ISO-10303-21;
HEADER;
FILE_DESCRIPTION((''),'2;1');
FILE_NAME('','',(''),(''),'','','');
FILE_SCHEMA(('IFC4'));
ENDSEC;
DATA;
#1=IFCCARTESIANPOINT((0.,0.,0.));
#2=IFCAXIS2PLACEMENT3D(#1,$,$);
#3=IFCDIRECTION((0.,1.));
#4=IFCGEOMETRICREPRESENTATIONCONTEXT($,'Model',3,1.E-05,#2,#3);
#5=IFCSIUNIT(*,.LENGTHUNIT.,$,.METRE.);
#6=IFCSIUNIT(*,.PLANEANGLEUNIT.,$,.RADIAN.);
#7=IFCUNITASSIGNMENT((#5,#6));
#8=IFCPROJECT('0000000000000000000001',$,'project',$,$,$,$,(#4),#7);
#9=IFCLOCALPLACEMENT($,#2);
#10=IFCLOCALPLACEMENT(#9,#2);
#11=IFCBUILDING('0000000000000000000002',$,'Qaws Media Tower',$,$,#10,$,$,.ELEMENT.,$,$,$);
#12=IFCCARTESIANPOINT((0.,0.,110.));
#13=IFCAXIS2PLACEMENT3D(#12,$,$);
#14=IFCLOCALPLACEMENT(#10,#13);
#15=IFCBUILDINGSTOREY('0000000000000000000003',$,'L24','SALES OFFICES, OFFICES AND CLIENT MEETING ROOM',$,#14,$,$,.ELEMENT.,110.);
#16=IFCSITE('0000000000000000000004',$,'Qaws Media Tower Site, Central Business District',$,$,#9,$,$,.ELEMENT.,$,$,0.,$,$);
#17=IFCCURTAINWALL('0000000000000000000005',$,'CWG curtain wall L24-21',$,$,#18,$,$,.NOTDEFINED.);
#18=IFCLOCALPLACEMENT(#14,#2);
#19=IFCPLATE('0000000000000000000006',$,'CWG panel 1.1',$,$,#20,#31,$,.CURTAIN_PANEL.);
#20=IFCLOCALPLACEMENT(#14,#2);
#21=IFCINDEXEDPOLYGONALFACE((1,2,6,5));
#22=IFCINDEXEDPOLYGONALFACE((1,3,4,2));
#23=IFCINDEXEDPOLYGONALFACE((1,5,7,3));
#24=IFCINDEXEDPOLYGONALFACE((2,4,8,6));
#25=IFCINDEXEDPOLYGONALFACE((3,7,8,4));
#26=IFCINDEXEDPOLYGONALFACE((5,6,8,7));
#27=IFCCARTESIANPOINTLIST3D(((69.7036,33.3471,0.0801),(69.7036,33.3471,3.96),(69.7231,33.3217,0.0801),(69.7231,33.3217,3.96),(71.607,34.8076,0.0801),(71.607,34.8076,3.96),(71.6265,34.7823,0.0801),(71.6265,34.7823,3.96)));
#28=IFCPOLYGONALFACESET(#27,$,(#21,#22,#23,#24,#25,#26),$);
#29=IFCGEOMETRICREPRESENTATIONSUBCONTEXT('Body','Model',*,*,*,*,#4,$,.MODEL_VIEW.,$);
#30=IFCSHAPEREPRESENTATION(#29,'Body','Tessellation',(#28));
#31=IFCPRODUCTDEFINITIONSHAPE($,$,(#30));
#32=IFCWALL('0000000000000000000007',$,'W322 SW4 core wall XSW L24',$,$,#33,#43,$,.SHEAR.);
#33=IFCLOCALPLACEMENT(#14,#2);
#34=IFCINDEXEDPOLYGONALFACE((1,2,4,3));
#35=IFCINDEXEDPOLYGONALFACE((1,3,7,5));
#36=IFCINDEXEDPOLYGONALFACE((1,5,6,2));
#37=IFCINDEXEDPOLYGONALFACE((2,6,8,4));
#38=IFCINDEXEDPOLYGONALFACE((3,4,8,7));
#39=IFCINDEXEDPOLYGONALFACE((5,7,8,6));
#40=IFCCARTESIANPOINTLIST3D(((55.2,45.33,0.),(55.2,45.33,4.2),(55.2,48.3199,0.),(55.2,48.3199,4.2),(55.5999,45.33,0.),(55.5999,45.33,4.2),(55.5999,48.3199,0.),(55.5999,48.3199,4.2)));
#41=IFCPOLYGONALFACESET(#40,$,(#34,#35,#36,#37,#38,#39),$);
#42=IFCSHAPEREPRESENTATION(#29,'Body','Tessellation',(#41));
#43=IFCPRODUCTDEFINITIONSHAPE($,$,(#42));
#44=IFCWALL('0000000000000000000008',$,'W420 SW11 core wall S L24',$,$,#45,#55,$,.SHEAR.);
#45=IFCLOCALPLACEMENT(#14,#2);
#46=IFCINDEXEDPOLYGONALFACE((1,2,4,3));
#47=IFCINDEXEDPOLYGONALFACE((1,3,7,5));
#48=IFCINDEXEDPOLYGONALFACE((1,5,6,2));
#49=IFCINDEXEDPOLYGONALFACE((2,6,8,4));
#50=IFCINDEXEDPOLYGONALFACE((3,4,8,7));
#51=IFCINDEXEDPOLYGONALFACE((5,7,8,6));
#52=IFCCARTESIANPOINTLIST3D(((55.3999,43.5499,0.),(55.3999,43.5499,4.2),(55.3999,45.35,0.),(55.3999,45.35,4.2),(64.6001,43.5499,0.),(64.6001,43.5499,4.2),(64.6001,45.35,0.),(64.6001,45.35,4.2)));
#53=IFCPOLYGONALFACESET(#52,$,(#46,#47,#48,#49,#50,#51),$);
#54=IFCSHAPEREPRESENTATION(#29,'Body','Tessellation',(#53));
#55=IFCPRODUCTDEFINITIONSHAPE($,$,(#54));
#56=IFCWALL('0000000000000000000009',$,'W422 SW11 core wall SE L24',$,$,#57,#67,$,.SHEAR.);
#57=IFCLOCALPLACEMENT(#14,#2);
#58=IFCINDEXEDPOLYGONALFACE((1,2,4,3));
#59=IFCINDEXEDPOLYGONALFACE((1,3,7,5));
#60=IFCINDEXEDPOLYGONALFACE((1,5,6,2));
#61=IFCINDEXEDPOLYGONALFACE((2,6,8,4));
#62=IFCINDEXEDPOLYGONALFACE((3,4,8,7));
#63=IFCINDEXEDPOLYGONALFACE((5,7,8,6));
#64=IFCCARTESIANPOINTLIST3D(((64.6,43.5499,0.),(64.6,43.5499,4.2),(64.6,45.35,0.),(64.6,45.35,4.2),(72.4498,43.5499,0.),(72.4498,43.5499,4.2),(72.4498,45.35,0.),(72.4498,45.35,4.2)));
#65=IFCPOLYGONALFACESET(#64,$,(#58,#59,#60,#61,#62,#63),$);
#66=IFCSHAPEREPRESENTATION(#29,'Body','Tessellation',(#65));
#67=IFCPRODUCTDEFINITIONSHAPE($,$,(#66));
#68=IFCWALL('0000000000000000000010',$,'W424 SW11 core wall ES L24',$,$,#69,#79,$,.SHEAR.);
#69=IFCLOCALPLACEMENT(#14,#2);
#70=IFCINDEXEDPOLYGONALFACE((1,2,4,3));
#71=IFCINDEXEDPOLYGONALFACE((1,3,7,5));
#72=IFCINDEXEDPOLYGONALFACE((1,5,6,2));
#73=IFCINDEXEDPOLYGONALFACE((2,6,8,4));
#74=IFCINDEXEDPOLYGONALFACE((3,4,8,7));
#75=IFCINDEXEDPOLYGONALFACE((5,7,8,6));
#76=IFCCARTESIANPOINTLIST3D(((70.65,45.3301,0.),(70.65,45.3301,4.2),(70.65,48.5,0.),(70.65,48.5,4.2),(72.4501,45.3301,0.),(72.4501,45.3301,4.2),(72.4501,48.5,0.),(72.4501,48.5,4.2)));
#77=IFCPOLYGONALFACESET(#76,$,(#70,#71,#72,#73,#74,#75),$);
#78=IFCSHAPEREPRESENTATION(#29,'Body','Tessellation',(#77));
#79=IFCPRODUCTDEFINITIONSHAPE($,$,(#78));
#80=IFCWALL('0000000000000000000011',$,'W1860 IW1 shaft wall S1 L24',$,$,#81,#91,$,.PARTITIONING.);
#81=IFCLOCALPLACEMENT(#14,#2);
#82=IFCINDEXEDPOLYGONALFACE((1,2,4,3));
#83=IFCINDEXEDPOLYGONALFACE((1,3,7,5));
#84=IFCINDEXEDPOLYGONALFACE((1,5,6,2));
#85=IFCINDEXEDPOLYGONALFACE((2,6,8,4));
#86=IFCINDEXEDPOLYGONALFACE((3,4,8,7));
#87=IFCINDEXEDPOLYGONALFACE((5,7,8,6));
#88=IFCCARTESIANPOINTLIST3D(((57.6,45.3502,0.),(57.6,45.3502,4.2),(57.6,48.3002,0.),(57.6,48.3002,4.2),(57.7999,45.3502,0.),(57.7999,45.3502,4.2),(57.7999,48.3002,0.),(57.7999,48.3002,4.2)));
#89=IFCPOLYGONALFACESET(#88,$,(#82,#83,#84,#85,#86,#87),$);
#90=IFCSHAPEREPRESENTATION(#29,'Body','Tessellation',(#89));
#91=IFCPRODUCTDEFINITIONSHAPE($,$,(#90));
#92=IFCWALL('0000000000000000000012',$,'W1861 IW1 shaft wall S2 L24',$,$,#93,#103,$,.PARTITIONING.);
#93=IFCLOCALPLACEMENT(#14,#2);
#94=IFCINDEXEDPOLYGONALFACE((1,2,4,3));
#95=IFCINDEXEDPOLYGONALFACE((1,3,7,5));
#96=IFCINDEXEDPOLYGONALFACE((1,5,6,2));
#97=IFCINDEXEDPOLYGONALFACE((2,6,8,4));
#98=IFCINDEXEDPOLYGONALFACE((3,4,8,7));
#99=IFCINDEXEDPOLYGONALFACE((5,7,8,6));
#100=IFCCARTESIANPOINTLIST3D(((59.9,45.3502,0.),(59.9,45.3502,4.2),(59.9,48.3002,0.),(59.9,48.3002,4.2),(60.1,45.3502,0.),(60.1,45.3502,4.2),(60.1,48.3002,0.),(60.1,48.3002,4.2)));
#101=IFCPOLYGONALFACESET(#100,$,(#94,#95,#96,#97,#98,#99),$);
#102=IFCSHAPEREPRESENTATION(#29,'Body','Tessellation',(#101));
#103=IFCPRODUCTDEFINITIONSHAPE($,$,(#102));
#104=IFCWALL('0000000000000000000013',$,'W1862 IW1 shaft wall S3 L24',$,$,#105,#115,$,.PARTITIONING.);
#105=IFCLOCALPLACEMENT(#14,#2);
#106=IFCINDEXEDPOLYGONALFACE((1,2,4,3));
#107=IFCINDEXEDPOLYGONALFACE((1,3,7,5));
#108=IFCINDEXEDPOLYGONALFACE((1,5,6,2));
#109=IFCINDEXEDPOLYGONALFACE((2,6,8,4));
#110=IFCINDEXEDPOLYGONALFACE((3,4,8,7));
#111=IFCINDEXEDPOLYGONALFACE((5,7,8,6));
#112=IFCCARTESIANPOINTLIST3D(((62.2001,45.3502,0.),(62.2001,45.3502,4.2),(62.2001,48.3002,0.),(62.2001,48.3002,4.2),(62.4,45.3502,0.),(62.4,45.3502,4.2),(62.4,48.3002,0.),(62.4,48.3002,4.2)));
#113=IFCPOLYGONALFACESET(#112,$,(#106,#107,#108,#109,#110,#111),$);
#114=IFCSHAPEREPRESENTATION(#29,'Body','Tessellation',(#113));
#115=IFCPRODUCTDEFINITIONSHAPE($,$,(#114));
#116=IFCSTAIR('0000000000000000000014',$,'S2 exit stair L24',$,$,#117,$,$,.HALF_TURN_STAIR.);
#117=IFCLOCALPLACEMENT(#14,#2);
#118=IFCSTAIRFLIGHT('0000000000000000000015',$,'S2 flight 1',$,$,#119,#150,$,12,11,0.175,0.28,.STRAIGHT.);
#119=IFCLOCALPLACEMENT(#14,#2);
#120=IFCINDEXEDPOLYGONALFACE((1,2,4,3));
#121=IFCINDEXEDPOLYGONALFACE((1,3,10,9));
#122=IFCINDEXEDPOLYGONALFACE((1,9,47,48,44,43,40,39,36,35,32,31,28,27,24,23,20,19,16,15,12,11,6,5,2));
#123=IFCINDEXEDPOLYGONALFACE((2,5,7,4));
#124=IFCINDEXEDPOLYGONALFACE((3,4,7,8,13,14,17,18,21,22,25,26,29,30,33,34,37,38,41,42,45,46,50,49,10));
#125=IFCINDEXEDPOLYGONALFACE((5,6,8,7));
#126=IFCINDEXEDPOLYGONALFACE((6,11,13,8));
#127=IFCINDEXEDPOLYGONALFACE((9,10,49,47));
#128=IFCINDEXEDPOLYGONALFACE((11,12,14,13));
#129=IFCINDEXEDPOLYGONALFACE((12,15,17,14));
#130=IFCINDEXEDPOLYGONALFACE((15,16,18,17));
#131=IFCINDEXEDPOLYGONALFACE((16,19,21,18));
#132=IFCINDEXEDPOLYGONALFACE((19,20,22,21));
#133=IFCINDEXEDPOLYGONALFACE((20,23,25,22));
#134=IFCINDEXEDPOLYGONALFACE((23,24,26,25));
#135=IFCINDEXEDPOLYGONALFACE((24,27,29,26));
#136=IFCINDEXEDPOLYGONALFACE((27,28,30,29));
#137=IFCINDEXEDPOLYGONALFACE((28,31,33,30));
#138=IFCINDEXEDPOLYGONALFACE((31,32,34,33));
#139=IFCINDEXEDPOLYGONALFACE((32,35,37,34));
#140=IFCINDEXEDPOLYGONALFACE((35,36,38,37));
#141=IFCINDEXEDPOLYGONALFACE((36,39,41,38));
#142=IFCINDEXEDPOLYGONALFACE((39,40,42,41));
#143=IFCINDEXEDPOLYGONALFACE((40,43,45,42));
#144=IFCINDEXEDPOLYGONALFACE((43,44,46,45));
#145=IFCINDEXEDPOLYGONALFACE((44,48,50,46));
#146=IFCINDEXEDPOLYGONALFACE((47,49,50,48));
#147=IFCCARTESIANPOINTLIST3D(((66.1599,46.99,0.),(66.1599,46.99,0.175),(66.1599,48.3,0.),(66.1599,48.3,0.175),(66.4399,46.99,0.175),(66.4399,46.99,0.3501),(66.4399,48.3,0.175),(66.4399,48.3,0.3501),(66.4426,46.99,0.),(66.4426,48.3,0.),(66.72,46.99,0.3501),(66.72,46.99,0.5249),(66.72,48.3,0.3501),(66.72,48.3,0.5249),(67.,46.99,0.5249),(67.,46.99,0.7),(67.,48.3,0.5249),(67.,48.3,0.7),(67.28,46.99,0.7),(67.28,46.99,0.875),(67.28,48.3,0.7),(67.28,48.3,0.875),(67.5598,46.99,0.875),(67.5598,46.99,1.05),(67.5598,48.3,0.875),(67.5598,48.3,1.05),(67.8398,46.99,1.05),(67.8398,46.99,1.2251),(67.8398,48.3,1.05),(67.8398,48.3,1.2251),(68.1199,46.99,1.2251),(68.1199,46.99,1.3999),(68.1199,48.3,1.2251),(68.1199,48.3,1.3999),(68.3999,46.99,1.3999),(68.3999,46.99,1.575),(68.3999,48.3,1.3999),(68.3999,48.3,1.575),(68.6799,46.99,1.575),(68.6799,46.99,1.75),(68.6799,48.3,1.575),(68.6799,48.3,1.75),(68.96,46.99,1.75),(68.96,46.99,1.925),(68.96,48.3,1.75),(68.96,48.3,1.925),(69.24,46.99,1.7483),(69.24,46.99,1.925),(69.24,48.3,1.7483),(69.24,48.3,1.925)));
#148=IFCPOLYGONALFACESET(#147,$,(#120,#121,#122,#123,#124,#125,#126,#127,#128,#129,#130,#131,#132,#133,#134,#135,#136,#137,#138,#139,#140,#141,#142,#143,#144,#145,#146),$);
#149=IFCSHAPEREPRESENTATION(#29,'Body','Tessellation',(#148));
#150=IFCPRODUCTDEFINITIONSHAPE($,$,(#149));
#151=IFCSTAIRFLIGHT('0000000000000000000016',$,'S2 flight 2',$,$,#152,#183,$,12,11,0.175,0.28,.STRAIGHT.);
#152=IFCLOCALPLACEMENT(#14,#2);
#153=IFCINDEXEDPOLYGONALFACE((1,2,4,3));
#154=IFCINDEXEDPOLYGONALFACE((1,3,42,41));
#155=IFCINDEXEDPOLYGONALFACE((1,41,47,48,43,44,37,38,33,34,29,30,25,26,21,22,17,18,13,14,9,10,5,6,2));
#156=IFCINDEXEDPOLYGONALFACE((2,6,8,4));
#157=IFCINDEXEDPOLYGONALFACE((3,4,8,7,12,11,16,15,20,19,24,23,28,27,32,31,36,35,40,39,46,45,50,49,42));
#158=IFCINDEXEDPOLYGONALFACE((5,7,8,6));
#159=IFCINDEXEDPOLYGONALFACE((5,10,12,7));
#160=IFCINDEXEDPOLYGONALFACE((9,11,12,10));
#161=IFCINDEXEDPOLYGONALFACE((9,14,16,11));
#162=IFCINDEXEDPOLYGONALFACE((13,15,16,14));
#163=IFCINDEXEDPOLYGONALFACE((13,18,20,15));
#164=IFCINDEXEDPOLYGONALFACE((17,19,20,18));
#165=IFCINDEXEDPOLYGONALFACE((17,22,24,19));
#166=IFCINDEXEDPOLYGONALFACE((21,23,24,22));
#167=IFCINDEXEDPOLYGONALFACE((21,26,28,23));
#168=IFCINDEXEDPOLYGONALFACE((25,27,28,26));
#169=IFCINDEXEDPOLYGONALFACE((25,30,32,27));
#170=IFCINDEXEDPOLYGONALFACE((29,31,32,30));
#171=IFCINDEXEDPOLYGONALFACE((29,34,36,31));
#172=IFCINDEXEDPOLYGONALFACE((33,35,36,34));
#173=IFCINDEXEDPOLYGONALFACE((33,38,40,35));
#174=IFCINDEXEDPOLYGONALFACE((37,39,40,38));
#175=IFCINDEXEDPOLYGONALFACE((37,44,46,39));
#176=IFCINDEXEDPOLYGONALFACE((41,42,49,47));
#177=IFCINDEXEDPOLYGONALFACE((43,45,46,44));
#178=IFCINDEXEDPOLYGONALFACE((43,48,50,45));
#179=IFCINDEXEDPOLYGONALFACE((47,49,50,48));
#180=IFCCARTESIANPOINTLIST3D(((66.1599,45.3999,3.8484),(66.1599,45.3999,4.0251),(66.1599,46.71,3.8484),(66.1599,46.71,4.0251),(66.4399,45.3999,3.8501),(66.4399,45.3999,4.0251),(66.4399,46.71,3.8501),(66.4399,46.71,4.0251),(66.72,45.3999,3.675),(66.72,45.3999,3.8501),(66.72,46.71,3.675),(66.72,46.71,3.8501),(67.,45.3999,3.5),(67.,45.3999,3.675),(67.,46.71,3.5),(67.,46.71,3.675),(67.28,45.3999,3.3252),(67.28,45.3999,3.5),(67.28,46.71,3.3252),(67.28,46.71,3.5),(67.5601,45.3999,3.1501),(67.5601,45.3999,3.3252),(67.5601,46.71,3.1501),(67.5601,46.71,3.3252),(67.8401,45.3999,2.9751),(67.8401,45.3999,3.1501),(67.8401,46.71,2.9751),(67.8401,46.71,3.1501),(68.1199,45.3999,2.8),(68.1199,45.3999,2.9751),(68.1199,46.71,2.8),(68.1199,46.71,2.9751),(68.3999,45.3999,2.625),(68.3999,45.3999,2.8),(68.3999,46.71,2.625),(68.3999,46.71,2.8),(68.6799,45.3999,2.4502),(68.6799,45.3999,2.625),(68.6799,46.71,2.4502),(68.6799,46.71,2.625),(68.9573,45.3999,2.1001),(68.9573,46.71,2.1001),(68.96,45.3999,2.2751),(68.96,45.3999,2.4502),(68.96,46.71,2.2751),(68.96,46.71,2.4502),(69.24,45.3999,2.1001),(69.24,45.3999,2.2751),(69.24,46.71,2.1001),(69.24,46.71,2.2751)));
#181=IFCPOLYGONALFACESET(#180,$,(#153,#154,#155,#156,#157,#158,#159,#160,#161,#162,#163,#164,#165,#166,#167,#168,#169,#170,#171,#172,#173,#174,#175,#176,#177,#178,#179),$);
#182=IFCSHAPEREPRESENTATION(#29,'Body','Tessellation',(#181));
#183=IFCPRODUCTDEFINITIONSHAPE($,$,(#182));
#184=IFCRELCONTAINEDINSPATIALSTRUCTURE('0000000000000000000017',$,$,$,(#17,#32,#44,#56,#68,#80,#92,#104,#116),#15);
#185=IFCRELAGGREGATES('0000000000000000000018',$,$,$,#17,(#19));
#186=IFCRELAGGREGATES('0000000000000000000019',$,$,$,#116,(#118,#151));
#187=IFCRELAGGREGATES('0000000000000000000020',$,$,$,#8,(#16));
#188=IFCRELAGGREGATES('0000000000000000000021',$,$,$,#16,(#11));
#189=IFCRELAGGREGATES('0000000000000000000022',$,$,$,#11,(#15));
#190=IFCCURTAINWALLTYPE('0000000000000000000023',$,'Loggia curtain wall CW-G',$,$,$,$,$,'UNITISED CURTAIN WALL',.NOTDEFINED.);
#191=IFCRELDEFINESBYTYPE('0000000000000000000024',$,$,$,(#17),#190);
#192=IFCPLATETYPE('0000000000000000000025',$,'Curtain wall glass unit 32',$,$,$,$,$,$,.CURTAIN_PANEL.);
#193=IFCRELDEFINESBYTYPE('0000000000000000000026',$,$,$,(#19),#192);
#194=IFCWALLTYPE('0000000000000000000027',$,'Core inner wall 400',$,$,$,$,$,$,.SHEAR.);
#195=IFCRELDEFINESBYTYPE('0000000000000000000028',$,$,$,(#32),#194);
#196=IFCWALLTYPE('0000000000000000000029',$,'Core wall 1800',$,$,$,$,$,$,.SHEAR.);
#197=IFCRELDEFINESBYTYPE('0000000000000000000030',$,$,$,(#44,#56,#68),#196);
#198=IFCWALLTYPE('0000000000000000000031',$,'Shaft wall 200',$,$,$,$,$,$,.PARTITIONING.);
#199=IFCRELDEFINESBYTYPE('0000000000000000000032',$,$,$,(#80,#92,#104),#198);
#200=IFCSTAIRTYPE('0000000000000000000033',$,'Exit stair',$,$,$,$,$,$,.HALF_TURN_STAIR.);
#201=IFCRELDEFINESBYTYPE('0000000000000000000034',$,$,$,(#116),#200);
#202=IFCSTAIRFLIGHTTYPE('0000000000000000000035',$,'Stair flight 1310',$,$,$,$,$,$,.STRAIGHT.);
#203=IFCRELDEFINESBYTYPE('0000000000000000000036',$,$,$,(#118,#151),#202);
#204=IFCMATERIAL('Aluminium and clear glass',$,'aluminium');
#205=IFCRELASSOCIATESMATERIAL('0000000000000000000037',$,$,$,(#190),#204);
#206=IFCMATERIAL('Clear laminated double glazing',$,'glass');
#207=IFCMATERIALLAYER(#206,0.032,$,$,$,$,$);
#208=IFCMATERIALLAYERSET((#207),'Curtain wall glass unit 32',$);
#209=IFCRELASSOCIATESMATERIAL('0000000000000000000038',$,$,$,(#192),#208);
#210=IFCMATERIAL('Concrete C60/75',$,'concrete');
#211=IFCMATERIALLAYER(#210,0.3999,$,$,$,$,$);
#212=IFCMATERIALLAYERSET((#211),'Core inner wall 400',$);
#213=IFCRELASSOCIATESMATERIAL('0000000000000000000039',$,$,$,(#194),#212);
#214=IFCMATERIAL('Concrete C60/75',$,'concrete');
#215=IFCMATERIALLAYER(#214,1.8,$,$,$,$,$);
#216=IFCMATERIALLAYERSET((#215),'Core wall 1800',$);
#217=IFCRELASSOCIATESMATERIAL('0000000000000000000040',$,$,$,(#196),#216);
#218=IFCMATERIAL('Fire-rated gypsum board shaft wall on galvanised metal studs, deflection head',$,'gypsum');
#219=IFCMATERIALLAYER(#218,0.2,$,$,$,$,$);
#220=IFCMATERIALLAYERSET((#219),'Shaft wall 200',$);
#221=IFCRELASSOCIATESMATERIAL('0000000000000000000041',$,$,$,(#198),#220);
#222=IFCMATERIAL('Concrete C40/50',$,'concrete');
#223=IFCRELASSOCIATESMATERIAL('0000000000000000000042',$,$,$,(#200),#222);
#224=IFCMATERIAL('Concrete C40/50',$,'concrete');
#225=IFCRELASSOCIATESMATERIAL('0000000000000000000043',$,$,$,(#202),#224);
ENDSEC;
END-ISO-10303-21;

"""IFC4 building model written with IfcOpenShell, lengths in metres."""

from ifc_helpers import new_model, si_unit, direction, frame, frame_2d, origin, origin_2d, place, context, subcontext, project, spatial, polyline, rectangle, outline, extrude, material, layer, layer_set, type_object, element, aggregate, save


model = new_model("IFC4")

# Units and contexts
model_context = context("Model", 3, precision=1e-05, world=origin(), true_north=direction((0.0, 1.0)))
body_context = subcontext(model_context, "Body", "Model", "MODEL_VIEW")
ifc_project = project(units=[si_unit("LENGTHUNIT", "METRE"), si_unit("PLANEANGLEUNIT", "RADIAN")], contexts=[model_context])

# Site, building, storey
site_placement = place(None, origin())
site = spatial("IfcSite", under=ifc_project, at=site_placement, Name="Qaws Media Tower Site, Central Business District", CompositionType="ELEMENT", RefElevation=0.0)
building_placement = place(site_placement, origin())
building = spatial("IfcBuilding", under=site, at=building_placement, Name="Qaws Media Tower", CompositionType="ELEMENT")
storey_placement = place(building_placement, frame((0.0, 0.0, 110.0)))
storey = spatial("IfcBuildingStorey", under=building, at=storey_placement, Name="L24", Description="SALES OFFICES, OFFICES AND CLIENT MEETING ROOM", CompositionType="ELEMENT", Elevation=110.0)

# Curtain wall, plate
ifc_material_1 = material(Name="Aluminium and clear glass", Category="aluminium")
curtain_wall_type = type_object("IfcCurtainWallType", Name="Loggia curtain wall CW-G", ElementType="UNITISED CURTAIN WALL", PredefinedType="NOTDEFINED", material=ifc_material_1)
curtain_wall_placement = place(storey_placement, origin())
curtain_wall = element("IfcCurtainWall", 1, at=curtain_wall_placement, inside=storey, type_object=curtain_wall_type, Name="CWG curtain wall L24-21", PredefinedType="NOTDEFINED")
ifc_material_2 = material(Name="Clear laminated double glazing", Category="glass")
ifc_layer_1 = layer(ifc_material_2, 0.032)
ifc_layer_set_1 = layer_set([ifc_layer_1], Name="Curtain wall glass unit 32")
plate_type = type_object("IfcPlateType", Name="Curtain wall glass unit 32", PredefinedType="CURTAIN_PANEL", material=ifc_layer_set_1)
plate_placement = place(storey_placement, frame((70.665, 34.0647, 0.0801), z_axis=(0.0, 0.0, 1.0), x_axis=(0.793353, 0.608761, 0.0)))
plate = element("IfcPlate", 2, at=plate_placement, type_object=plate_type, Name="CWG panel 1.1", PredefinedType="CURTAIN_PANEL", context=body_context, shape_type="SweptSolid", body=[
    extrude(rectangle(XDim=2.3992, YDim=0.032, at=origin_2d()), origin(), (0.0, 0.0, 1.0), 3.8799),
])
aggregate(curtain_wall, [plate])

# Walls
ifc_material_3 = material(Name="Concrete C60/75", Category="concrete")
ifc_layer_2 = layer(ifc_material_3, 0.3999)
ifc_layer_set_2 = layer_set([ifc_layer_2], Name="Core inner wall 400")
wall_type_1 = type_object("IfcWallType", Name="Core inner wall 400", PredefinedType="SHEAR", material=ifc_layer_set_2)
wall_1_placement = place(storey_placement, frame((55.3999, 48.3201, 0.0), z_axis=(0.0, 0.0, 1.0), x_axis=(0.0, -1.0, 0.0)))
element("IfcWall", 3, at=wall_1_placement, inside=storey, type_object=wall_type_1, Name="W322 SW4 core wall XSW L24", PredefinedType="SHEAR", context=body_context, shape_type="SweptSolid", body=[
    extrude(rectangle(XDim=2.99, YDim=0.3999, at=frame_2d((1.4951, 0.0))), origin(), (0.0, 0.0, 1.0), 4.2),
])
ifc_material_4 = material(Name="Concrete C60/75", Category="concrete")
ifc_layer_3 = layer(ifc_material_4, 1.8)
ifc_layer_set_3 = layer_set([ifc_layer_3], Name="Core wall 1800")
wall_type_2 = type_object("IfcWallType", Name="Core wall 1800", PredefinedType="SHEAR", material=ifc_layer_set_3)
wall_2_placement = place(storey_placement, frame((55.3999, 44.45, 0.0), z_axis=(0.0, 0.0, 1.0), x_axis=(1.0, 0.0, 0.0)))
element("IfcWall", 4, at=wall_2_placement, inside=storey, type_object=wall_type_2, Name="W420 SW11 core wall S L24", PredefinedType="SHEAR", context=body_context, shape_type="SweptSolid", body=[
    extrude(rectangle(XDim=9.2002, YDim=1.8, at=frame_2d((4.6001, 0.0))), origin(), (0.0, 0.0, 1.0), 4.2),
])
wall_3_placement = place(storey_placement, frame((64.6001, 44.45, 0.0), z_axis=(0.0, 0.0, 1.0), x_axis=(1.0, 0.0, 0.0)))
element("IfcWall", 5, at=wall_3_placement, inside=storey, type_object=wall_type_2, Name="W422 SW11 core wall SE L24", PredefinedType="SHEAR", context=body_context, shape_type="SweptSolid", body=[
    extrude(rectangle(XDim=7.8499, YDim=1.8, at=frame_2d((3.9248, 0.0))), origin(), (0.0, 0.0, 1.0), 4.2),
])
wall_4_placement = place(storey_placement, frame((71.55, 45.3301, 0.0), z_axis=(0.0, 0.0, 1.0), x_axis=(0.0, 1.0, 0.0)))
element("IfcWall", 6, at=wall_4_placement, inside=storey, type_object=wall_type_2, Name="W424 SW11 core wall ES L24", PredefinedType="SHEAR", context=body_context, shape_type="SweptSolid", body=[
    extrude(rectangle(XDim=3.1699, YDim=1.8, at=frame_2d((1.585, 0.0))), origin(), (0.0, 0.0, 1.0), 4.2),
])
ifc_material_5 = material(Name="Fire-rated gypsum board shaft wall on galvanised metal studs, deflection head", Category="gypsum")
ifc_layer_4 = layer(ifc_material_5, 0.2)
ifc_layer_set_4 = layer_set([ifc_layer_4], Name="Shaft wall 200")
wall_type_3 = type_object("IfcWallType", Name="Shaft wall 200", PredefinedType="PARTITIONING", material=ifc_layer_set_4)
for number, where, z_axis, x_axis, name in (
    (7, (57.7, 45.3501, 0.0), (0.0, 0.0, 1.0), (0.0, 1.0, 0.0), "W1860 IW1 shaft wall S1 L24"),
    (8, (60.0, 45.3501, 0.0), (0.0, 0.0, 1.0), (0.0, 1.0, 0.0), "W1861 IW1 shaft wall S2 L24"),
    (9, (62.3, 45.3501, 0.0), (0.0, 0.0, 1.0), (0.0, 1.0, 0.0), "W1862 IW1 shaft wall S3 L24"),
):
    element("IfcWall", number, at=place(storey_placement, frame(where, z_axis=z_axis, x_axis=x_axis)), inside=storey, type_object=wall_type_3, Name=name, PredefinedType="PARTITIONING", context=body_context, shape_type="SweptSolid", body=[
        extrude(rectangle(XDim=2.95, YDim=0.2, at=frame_2d((1.4751, 0.0))), origin(), (0.0, 0.0, 1.0), 4.2),
    ])

# Stair, stair flights
ifc_material_6 = material(Name="Concrete C40/50", Category="concrete")
stair_type = type_object("IfcStairType", Name="Exit stair", PredefinedType="HALF_TURN_STAIR", material=ifc_material_6)
stair_placement = place(storey_placement, origin())
stair = element("IfcStair", 10, at=stair_placement, inside=storey, type_object=stair_type, Name="S2 exit stair L24", PredefinedType="HALF_TURN_STAIR")
ifc_material_7 = material(Name="Concrete C40/50", Category="concrete")
stair_flight_type = type_object("IfcStairFlightType", Name="Stair flight 1310", PredefinedType="STRAIGHT", material=ifc_material_7)
stair_flight_1_placement = place(storey_placement, frame((66.1599, 47.645, 0.0), z_axis=(0.0, 0.0, 1.0), x_axis=(1.0, 0.0, 0.0)))
stair_flight_1 = element("IfcStairFlight", 11, at=stair_flight_1_placement, type_object=stair_flight_type, Name="S2 flight 1", NumberOfRisers=12, NumberOfTreads=11, PredefinedType="STRAIGHT", RiserHeight=0.175, TreadLength=0.28, context=body_context, shape_type="SweptSolid", body=[
    extrude(outline(polyline([(0.0, 0.0), (0.0, 0.175), (0.28, 0.175), (0.28, 0.3501), (0.5601, 0.3501), (0.5601, 0.5249), (0.8401, 0.5249), (0.8401, 0.7), (1.1201, 0.7), (1.1201, 0.875), (1.3999, 0.875), (1.3999, 1.05), (1.6799, 1.05), (1.6799, 1.2251), (1.96, 1.2251), (1.96, 1.3999), (2.24, 1.3999), (2.24, 1.575), (2.52, 1.575), (2.52, 1.75), (2.8, 1.75), (2.8, 1.925), (3.0801, 1.925), (3.0801, 2.1001), (3.0801, 1.7483), (0.2827, 0.0), (0.0, 0.0)])), frame((0.0, 0.655, 0.0), z_axis=(0.0, -1.0, 0.0), x_axis=(1.0, 0.0, 0.0)), (0.0, 0.0, 1.0), 1.3101),
])
stair_flight_2_placement = place(storey_placement, frame((69.24, 46.0549, 2.1001), z_axis=(0.0, 0.0, 1.0), x_axis=(-1.0, 0.0, 0.0)))
stair_flight_2 = element("IfcStairFlight", 12, at=stair_flight_2_placement, type_object=stair_flight_type, Name="S2 flight 2", NumberOfRisers=12, NumberOfTreads=11, PredefinedType="STRAIGHT", RiserHeight=0.175, TreadLength=0.28, context=body_context, shape_type="SweptSolid", body=[
    extrude(outline(polyline([(0.0, 0.0), (0.0, 0.175), (0.28, 0.175), (0.28, 0.3501), (0.5601, 0.3501), (0.5601, 0.5249), (0.8401, 0.5249), (0.8401, 0.7), (1.1201, 0.7), (1.1201, 0.875), (1.3999, 0.875), (1.3999, 1.05), (1.6799, 1.05), (1.6799, 1.2251), (1.96, 1.2251), (1.96, 1.3999), (2.24, 1.3999), (2.24, 1.575), (2.52, 1.575), (2.52, 1.75), (2.8, 1.75), (2.8, 1.925), (3.0801, 1.925), (3.0801, 2.1001), (3.0801, 1.7483), (0.2827, 0.0), (0.0, 0.0)])), frame((0.0, 0.655, 0.0), z_axis=(0.0, -1.0, 0.0), x_axis=(1.0, 0.0, 0.0)), (0.0, 0.0, 1.0), 1.3101),
])
aggregate(stair, [stair_flight_1, stair_flight_2])

save(model, "model.ifc")
